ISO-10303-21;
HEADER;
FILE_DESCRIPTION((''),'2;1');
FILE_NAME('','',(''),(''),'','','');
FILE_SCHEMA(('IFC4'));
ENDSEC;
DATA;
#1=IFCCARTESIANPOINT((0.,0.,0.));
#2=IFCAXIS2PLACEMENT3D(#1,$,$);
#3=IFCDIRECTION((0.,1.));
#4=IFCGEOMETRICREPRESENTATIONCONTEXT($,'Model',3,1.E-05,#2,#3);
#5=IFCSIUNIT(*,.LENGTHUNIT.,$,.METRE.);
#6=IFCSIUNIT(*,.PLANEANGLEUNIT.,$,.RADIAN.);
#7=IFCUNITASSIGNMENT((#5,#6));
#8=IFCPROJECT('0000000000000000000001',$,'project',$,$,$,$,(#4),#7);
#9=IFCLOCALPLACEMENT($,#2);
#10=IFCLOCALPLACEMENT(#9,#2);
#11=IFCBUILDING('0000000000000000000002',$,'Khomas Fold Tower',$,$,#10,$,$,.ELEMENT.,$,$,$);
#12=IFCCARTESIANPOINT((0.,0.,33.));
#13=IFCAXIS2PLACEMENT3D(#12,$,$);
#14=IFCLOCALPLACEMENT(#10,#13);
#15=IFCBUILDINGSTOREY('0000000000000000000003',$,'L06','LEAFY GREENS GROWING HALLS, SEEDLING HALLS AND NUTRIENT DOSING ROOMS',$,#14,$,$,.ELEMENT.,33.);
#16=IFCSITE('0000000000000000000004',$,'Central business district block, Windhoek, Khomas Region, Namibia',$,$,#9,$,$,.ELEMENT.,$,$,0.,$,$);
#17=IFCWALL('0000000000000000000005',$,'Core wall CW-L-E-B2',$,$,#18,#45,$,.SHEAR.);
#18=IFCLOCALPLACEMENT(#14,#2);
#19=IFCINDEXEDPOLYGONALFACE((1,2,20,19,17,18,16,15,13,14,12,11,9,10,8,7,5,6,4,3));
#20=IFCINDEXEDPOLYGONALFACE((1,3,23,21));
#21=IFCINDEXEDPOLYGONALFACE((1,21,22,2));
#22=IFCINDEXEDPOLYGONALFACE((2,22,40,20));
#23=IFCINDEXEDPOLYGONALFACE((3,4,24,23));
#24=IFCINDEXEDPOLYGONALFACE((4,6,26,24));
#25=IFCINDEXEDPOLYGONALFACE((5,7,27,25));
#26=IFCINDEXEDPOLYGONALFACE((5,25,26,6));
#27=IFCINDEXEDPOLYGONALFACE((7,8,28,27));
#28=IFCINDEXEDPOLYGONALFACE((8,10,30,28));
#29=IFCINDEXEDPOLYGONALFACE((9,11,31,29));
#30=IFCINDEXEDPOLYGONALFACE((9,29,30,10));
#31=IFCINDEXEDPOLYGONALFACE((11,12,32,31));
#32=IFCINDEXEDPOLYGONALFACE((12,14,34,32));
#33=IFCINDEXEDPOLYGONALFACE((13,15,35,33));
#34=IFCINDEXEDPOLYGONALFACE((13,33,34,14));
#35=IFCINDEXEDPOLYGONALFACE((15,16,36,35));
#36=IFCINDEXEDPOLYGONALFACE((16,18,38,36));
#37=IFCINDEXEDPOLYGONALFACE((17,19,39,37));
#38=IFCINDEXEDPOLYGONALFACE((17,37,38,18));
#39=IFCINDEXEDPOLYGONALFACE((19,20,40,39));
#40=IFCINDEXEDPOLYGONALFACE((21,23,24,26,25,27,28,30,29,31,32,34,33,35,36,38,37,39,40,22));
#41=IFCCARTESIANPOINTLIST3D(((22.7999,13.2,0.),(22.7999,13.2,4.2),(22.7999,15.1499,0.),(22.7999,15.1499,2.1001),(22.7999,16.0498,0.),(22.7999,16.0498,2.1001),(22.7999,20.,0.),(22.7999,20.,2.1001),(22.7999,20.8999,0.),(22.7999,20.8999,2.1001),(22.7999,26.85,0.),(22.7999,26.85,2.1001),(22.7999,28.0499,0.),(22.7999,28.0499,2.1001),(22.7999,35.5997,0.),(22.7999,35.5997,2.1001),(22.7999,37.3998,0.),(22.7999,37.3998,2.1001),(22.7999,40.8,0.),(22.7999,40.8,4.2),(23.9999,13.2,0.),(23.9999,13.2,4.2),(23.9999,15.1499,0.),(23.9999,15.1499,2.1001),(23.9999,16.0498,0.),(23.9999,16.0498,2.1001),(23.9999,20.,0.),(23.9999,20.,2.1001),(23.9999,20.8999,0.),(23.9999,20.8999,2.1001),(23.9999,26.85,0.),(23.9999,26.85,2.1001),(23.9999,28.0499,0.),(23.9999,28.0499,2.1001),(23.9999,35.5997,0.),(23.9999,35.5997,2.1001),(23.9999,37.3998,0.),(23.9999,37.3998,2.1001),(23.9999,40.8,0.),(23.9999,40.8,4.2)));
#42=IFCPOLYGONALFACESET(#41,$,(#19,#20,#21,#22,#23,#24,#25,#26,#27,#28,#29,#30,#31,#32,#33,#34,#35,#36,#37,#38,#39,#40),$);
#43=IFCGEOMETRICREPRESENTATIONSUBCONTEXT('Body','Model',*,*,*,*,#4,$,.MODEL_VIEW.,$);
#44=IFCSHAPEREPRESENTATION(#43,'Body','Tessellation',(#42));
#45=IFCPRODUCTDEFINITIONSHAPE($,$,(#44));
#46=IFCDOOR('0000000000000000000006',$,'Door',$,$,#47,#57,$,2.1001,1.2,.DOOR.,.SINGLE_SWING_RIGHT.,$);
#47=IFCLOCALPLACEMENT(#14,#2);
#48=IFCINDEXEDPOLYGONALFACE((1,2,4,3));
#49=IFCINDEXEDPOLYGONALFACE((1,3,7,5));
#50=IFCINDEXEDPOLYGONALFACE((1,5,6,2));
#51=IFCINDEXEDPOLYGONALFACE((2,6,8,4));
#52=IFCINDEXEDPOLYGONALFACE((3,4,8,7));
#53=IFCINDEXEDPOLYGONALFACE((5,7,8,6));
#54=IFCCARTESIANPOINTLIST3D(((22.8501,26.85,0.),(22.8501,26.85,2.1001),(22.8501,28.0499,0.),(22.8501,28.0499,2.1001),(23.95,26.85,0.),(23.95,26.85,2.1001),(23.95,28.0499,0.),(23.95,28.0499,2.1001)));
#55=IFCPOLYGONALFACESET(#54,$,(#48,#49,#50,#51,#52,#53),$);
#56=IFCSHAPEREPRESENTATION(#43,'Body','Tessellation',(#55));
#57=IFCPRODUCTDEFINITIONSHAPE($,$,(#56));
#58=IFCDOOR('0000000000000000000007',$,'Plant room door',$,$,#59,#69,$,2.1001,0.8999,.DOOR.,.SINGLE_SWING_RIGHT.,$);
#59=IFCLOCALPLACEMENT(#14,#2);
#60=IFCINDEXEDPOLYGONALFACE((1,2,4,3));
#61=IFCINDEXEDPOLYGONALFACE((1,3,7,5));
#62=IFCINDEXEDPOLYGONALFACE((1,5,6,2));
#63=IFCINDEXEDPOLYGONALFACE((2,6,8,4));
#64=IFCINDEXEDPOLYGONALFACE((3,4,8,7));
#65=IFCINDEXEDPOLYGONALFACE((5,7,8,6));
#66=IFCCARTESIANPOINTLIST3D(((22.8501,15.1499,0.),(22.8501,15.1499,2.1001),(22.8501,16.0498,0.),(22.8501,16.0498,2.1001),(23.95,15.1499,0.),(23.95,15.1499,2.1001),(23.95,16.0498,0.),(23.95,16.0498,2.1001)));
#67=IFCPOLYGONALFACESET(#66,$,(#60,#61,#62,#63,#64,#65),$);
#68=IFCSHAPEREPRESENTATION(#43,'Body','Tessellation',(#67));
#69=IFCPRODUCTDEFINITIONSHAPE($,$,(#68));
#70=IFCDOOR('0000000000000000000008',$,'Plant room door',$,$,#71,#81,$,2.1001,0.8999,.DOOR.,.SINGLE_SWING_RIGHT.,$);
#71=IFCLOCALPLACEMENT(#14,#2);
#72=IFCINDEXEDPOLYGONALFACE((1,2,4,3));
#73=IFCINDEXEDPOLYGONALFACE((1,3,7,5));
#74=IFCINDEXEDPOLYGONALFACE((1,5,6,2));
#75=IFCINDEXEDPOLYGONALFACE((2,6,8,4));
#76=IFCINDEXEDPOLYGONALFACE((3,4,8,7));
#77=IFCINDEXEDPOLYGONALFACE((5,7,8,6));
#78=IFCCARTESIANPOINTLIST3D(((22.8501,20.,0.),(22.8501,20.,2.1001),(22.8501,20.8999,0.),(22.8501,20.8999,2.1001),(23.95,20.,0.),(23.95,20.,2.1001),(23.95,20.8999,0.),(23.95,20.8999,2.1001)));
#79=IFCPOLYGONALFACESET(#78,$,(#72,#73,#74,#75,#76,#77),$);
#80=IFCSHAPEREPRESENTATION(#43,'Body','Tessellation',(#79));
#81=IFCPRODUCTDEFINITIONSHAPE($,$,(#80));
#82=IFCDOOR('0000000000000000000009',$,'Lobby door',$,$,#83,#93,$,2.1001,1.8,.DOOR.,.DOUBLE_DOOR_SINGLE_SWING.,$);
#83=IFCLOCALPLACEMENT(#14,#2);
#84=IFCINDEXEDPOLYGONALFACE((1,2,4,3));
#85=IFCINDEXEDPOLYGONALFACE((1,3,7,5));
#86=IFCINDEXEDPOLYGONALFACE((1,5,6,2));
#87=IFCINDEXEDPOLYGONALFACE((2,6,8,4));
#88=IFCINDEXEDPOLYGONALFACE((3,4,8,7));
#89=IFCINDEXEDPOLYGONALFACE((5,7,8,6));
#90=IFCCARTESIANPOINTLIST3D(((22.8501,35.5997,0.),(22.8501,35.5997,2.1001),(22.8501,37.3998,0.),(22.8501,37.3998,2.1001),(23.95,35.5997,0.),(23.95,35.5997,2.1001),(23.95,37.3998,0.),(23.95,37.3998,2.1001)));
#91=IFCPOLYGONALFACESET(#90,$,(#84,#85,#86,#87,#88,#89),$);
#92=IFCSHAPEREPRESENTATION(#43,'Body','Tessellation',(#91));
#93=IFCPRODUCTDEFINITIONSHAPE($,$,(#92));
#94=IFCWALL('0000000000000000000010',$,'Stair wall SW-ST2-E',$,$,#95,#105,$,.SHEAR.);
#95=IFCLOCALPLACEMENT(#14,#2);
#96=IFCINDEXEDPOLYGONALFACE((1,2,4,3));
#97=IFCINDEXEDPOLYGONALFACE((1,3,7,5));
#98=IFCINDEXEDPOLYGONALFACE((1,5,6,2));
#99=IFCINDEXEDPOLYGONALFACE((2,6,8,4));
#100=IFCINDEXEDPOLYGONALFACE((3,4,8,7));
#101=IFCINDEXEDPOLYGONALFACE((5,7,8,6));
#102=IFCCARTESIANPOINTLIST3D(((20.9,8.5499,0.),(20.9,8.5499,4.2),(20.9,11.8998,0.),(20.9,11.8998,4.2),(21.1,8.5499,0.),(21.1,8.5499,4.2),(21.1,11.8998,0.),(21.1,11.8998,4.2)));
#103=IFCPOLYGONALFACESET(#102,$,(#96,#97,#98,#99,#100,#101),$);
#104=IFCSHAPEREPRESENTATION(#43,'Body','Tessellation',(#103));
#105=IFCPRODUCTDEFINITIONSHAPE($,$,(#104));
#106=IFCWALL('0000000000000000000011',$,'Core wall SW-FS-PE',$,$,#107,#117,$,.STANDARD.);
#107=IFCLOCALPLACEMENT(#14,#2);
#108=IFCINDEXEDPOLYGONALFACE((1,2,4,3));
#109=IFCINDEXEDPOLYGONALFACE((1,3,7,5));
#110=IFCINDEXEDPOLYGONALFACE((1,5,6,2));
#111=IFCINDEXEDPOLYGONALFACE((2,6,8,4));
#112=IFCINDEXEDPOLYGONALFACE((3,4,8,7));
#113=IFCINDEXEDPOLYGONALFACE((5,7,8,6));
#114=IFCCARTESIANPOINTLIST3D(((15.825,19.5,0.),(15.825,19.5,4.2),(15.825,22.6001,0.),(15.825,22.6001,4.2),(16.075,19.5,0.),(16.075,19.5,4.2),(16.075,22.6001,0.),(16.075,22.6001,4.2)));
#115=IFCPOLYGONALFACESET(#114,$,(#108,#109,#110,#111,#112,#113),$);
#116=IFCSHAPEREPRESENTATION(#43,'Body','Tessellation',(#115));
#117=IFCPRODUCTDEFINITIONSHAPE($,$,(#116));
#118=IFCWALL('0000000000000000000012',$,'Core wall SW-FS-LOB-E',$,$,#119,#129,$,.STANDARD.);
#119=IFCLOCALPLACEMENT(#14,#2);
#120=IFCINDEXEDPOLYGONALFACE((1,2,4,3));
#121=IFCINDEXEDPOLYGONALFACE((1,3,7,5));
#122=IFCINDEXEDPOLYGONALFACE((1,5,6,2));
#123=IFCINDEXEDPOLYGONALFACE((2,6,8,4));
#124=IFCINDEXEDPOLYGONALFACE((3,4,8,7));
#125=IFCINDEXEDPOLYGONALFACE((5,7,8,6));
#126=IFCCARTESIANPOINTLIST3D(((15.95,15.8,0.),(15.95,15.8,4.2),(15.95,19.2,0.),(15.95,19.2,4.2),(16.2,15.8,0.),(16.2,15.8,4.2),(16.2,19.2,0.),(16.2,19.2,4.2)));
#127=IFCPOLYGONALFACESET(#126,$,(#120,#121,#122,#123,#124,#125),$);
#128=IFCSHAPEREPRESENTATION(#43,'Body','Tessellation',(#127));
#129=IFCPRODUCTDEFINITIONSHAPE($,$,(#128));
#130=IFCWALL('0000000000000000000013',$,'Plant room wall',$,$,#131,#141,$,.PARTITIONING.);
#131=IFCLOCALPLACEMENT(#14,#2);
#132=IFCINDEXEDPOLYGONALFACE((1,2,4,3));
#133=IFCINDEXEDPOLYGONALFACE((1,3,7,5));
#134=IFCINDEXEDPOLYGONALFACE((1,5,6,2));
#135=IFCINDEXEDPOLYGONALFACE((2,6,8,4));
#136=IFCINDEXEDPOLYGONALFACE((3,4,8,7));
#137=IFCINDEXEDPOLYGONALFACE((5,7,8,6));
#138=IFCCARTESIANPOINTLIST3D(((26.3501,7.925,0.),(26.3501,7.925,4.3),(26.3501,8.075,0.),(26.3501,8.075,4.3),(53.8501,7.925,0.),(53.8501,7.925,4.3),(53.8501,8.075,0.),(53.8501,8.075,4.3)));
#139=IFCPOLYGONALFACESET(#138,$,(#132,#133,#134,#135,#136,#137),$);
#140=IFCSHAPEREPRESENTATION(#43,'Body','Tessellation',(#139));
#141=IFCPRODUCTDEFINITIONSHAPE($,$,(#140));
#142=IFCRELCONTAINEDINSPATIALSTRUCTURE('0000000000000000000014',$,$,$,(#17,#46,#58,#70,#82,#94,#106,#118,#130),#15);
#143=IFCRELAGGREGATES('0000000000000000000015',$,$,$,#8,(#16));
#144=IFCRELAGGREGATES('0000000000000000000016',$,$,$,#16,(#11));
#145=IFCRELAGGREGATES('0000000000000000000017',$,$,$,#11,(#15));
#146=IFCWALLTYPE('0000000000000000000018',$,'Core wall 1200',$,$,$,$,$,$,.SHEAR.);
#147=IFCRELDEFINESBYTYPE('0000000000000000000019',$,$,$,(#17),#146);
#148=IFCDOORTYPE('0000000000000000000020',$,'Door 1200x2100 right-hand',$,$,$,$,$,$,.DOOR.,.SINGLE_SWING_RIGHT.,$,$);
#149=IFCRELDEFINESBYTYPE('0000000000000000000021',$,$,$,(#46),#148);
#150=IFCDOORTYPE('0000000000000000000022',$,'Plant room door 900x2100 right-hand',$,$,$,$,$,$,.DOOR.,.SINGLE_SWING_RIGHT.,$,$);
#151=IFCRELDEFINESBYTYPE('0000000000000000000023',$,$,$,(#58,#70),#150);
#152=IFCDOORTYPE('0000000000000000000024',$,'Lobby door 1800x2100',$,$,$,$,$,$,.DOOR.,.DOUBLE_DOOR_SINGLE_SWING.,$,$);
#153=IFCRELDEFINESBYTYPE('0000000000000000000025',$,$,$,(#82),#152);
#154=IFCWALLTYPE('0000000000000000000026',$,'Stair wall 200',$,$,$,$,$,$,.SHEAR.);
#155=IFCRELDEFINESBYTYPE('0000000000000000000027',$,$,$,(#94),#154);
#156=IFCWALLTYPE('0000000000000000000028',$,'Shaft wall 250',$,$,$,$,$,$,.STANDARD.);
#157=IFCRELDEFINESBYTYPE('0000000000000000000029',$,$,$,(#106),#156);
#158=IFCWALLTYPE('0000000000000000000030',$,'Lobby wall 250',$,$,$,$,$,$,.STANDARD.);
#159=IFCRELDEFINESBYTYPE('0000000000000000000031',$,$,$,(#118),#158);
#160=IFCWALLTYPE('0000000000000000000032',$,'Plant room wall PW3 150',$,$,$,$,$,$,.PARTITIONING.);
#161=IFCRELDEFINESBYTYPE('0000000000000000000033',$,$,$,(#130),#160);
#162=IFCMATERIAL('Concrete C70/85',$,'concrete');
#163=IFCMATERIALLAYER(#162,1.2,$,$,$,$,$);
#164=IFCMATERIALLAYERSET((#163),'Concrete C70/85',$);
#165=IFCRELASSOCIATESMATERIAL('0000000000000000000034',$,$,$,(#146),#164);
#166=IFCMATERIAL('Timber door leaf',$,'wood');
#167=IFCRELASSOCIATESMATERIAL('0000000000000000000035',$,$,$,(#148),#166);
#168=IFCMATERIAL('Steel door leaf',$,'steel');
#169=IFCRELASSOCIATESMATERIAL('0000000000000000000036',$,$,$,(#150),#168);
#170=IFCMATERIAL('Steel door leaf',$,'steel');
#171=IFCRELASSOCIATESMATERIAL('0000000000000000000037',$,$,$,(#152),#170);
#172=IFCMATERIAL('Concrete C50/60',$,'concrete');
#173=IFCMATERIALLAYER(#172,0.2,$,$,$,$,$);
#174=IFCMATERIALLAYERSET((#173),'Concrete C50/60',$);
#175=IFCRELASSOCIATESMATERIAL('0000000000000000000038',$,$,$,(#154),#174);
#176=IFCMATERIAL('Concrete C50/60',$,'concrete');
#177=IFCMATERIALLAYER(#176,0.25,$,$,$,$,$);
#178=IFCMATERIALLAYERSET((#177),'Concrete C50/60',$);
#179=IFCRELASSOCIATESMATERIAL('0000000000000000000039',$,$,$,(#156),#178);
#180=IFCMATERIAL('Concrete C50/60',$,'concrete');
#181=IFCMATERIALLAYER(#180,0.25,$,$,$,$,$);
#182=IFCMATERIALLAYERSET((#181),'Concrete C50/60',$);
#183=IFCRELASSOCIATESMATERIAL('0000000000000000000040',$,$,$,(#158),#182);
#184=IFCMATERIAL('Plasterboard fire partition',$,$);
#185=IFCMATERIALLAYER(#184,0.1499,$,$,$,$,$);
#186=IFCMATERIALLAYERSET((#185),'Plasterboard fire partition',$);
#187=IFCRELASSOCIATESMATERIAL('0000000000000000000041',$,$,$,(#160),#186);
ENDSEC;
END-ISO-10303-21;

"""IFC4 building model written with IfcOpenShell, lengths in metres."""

from ifc_helpers import new_model, si_unit, direction, frame, frame_2d, origin, place, context, subcontext, project, spatial, rectangle, extrude, source, transform, mapped, material, layer, layer_set, type_object, element, fill, save


model = new_model("IFC4")

# Units and contexts
model_context = context("Model", 3, precision=1e-05, world=origin(), true_north=direction((0.0, 1.0)))
body_context = subcontext(model_context, "Body", "Model", "MODEL_VIEW")
ifc_project = project(units=[si_unit("LENGTHUNIT", "METRE"), si_unit("PLANEANGLEUNIT", "RADIAN")], contexts=[model_context])

# Site, building, storey
site_placement = place(None, origin())
site = spatial("IfcSite", under=ifc_project, at=site_placement, Name="Central business district block, Windhoek, Khomas Region, Namibia", CompositionType="ELEMENT", RefElevation=0.0)
building_placement = place(site_placement, origin())
building = spatial("IfcBuilding", under=site, at=building_placement, Name="Khomas Fold Tower", CompositionType="ELEMENT")
storey_placement = place(building_placement, frame((0.0, 0.0, 33.0)))
storey = spatial("IfcBuildingStorey", under=building, at=storey_placement, Name="L06", Description="LEAFY GREENS GROWING HALLS, SEEDLING HALLS AND NUTRIENT DOSING ROOMS", CompositionType="ELEMENT", Elevation=33.0)

# Shared definitions
ifc_material_1 = material(Name="Concrete C70/85", Category="concrete")
ifc_layer_1 = layer(ifc_material_1, 1.2)
ifc_layer_set_1 = layer_set([ifc_layer_1], Name="Concrete C70/85")
wall_type_1 = type_object("IfcWallType", Name="Core wall 1200", PredefinedType="SHEAR", material=ifc_layer_set_1)

# Wall, openings, doors
shared_shape_1 = source(origin(), body_context, "Body", "SweptSolid", [
    extrude(rectangle(XDim=27.6001, YDim=1.2, at=frame_2d((13.8, 0.0))), origin(), (0.0, 0.0, 1.0), 4.2),
])
wall_1_placement = place(storey_placement, frame((23.3999, 13.2, 0.0), z_axis=(0.0, 0.0, 1.0), x_axis=(0.0, 1.0, 0.0)))
wall_1 = element("IfcWall", 1, at=wall_1_placement, inside=storey, type_object=wall_type_1, Name="Core wall CW-L-E-B2", PredefinedType="SHEAR", context=body_context, shape_type="MappedRepresentation", body=[
    mapped(shared_shape_1, transform((0.0, 0.0, 0.0))),
])
shared_shape_2 = source(origin(), body_context, "Body", "SweptSolid", [
    extrude(rectangle(XDim=1.8, YDim=2.1001, at=frame_2d((0.8999, 1.05))), frame((0.0, 0.6099, 0.0), z_axis=(0.0, -1.0, 0.0), x_axis=(1.0, 0.0, 0.0)), (0.0, 0.0, 1.0), 1.22),
])
opening_1_placement = place(wall_1_placement, frame((22.3999, 0.0, 0.0)))
opening_1 = element("IfcOpeningElement", 2, at=opening_1_placement, cuts=wall_1, PredefinedType="OPENING", context=body_context, shape_type="MappedRepresentation", body=[
    mapped(shared_shape_2, transform((0.0, 0.0, 0.0))),
])
shared_shape_3 = source(origin(), body_context, "Body", "SweptSolid", [
    extrude(rectangle(XDim=1.2, YDim=2.1001, at=frame_2d((0.6001, 1.05))), frame((0.0, 0.6099, 0.0), z_axis=(0.0, -1.0, 0.0), x_axis=(1.0, 0.0, 0.0)), (0.0, 0.0, 1.0), 1.22),
])
opening_2_placement = place(wall_1_placement, frame((13.6499, 0.0, 0.0)))
opening_2 = element("IfcOpeningElement", 3, at=opening_2_placement, cuts=wall_1, PredefinedType="OPENING", context=body_context, shape_type="MappedRepresentation", body=[
    mapped(shared_shape_3, transform((0.0, 0.0, 0.0))),
])
shared_shape_4 = source(origin(), body_context, "Body", "SweptSolid", [
    extrude(rectangle(XDim=0.8999, YDim=2.1001, at=frame_2d((0.45, 1.05))), frame((0.0, 0.6099, 0.0), z_axis=(0.0, -1.0, 0.0), x_axis=(1.0, 0.0, 0.0)), (0.0, 0.0, 1.0), 1.22),
])
opening_3_placement = place(wall_1_placement, frame((1.95, 0.0, 0.0)))
opening_3 = element("IfcOpeningElement", 4, at=opening_3_placement, cuts=wall_1, PredefinedType="OPENING", context=body_context, shape_type="MappedRepresentation", body=[
    mapped(shared_shape_4, transform((0.0, 0.0, 0.0))),
])
opening_4_placement = place(wall_1_placement, frame((6.8, 0.0, 0.0)))
opening_4 = element("IfcOpeningElement", 5, at=opening_4_placement, cuts=wall_1, PredefinedType="OPENING", context=body_context, shape_type="MappedRepresentation", body=[
    mapped(shared_shape_4, transform((0.0, 0.0, 0.0))),
])
ifc_material_2 = material(Name="Timber door leaf", Category="wood")
door_type_1 = type_object("IfcDoorType", Name="Door 1200x2100 right-hand", OperationType="SINGLE_SWING_RIGHT", PredefinedType="DOOR", material=ifc_material_2)
shared_shape_5 = source(origin(), body_context, "Body", "SweptSolid", [
    extrude(rectangle(XDim=1.2, YDim=2.1001, at=frame_2d((0.6001, 1.05))), frame((0.0, 0.5498, 0.0), z_axis=(0.0, -1.0, 0.0), x_axis=(1.0, 0.0, 0.0)), (0.0, 0.0, 1.0), 1.0999),
])
door_1_placement = place(opening_2_placement, origin())
door_1 = element("IfcDoor", 6, at=door_1_placement, inside=storey, type_object=door_type_1, Name="Door", OperationType="SINGLE_SWING_RIGHT", OverallHeight=2.1001, OverallWidth=1.2, PredefinedType="DOOR", context=body_context, shape_type="MappedRepresentation", body=[
    mapped(shared_shape_5, transform((0.0, 0.0, 0.0))),
])
fill(opening_2, door_1)
ifc_material_3 = material(Name="Steel door leaf", Category="steel")
door_type_2 = type_object("IfcDoorType", Name="Plant room door 900x2100 right-hand", OperationType="SINGLE_SWING_RIGHT", PredefinedType="DOOR", material=ifc_material_3)
shared_shape_6 = source(origin(), body_context, "Body", "SweptSolid", [
    extrude(rectangle(XDim=0.8999, YDim=2.1001, at=frame_2d((0.45, 1.05))), frame((0.0, 0.5498, 0.0), z_axis=(0.0, -1.0, 0.0), x_axis=(1.0, 0.0, 0.0)), (0.0, 0.0, 1.0), 1.0999),
])
door_2_placement = place(opening_3_placement, origin())
door_2 = element("IfcDoor", 7, at=door_2_placement, inside=storey, type_object=door_type_2, Name="Plant room door", OperationType="SINGLE_SWING_RIGHT", OverallHeight=2.1001, OverallWidth=0.8999, PredefinedType="DOOR", context=body_context, shape_type="MappedRepresentation", body=[
    mapped(shared_shape_6, transform((0.0, 0.0, 0.0))),
])
fill(opening_3, door_2)
door_3_placement = place(opening_4_placement, origin())
door_3 = element("IfcDoor", 8, at=door_3_placement, inside=storey, type_object=door_type_2, Name="Plant room door", OperationType="SINGLE_SWING_RIGHT", OverallHeight=2.1001, OverallWidth=0.8999, PredefinedType="DOOR", context=body_context, shape_type="MappedRepresentation", body=[
    mapped(shared_shape_6, transform((0.0, 0.0, 0.0))),
])
fill(opening_4, door_3)
ifc_material_4 = material(Name="Steel door leaf", Category="steel")
door_type_3 = type_object("IfcDoorType", Name="Lobby door 1800x2100", OperationType="DOUBLE_DOOR_SINGLE_SWING", PredefinedType="DOOR", material=ifc_material_4)
shared_shape_7 = source(origin(), body_context, "Body", "SweptSolid", [
    extrude(rectangle(XDim=1.8, YDim=2.1001, at=frame_2d((0.8999, 1.05))), frame((0.0, 0.5498, 0.0), z_axis=(0.0, -1.0, 0.0), x_axis=(1.0, 0.0, 0.0)), (0.0, 0.0, 1.0), 1.0999),
])
door_4_placement = place(opening_1_placement, origin())
door_4 = element("IfcDoor", 9, at=door_4_placement, inside=storey, type_object=door_type_3, Name="Lobby door", OperationType="DOUBLE_DOOR_SINGLE_SWING", OverallHeight=2.1001, OverallWidth=1.8, PredefinedType="DOOR", context=body_context, shape_type="MappedRepresentation", body=[
    mapped(shared_shape_7, transform((0.0, 0.0, 0.0))),
])
fill(opening_1, door_4)

# Walls
ifc_material_5 = material(Name="Concrete C50/60", Category="concrete")
ifc_layer_2 = layer(ifc_material_5, 0.2)
ifc_layer_set_2 = layer_set([ifc_layer_2], Name="Concrete C50/60")
wall_type_2 = type_object("IfcWallType", Name="Stair wall 200", PredefinedType="SHEAR", material=ifc_layer_set_2)
shared_shape_8 = source(origin(), body_context, "Body", "SweptSolid", [
    extrude(rectangle(XDim=3.3499, YDim=0.2, at=frame_2d((1.6748, 0.0))), origin(), (0.0, 0.0, 1.0), 4.2),
])
wall_2_placement = place(storey_placement, frame((21.0, 8.55, 0.0), z_axis=(0.0, 0.0, 1.0), x_axis=(0.0, 1.0, 0.0)))
element("IfcWall", 10, at=wall_2_placement, inside=storey, type_object=wall_type_2, Name="Stair wall SW-ST2-E", PredefinedType="SHEAR", context=body_context, shape_type="MappedRepresentation", body=[
    mapped(shared_shape_8, transform((0.0, 0.0, 0.0))),
])
ifc_material_6 = material(Name="Concrete C50/60", Category="concrete")
ifc_layer_3 = layer(ifc_material_6, 0.25)
ifc_layer_set_3 = layer_set([ifc_layer_3], Name="Concrete C50/60")
wall_type_3 = type_object("IfcWallType", Name="Shaft wall 250", PredefinedType="STANDARD", material=ifc_layer_set_3)
shared_shape_9 = source(origin(), body_context, "Body", "SweptSolid", [
    extrude(rectangle(XDim=3.1001, YDim=0.25, at=frame_2d((1.55, 0.0))), origin(), (0.0, 0.0, 1.0), 4.2),
])
wall_3_placement = place(storey_placement, frame((15.95, 19.5, 0.0), z_axis=(0.0, 0.0, 1.0), x_axis=(0.0, 1.0, 0.0)))
element("IfcWall", 11, at=wall_3_placement, inside=storey, type_object=wall_type_3, Name="Core wall SW-FS-PE", PredefinedType="STANDARD", context=body_context, shape_type="MappedRepresentation", body=[
    mapped(shared_shape_9, transform((0.0, 0.0, 0.0))),
])
ifc_material_7 = material(Name="Concrete C50/60", Category="concrete")
ifc_layer_4 = layer(ifc_material_7, 0.25)
ifc_layer_set_4 = layer_set([ifc_layer_4], Name="Concrete C50/60")
wall_type_4 = type_object("IfcWallType", Name="Lobby wall 250", PredefinedType="STANDARD", material=ifc_layer_set_4)
shared_shape_10 = source(origin(), body_context, "Body", "SweptSolid", [
    extrude(rectangle(XDim=3.3999, YDim=0.25, at=frame_2d((1.7, 0.0))), origin(), (0.0, 0.0, 1.0), 4.2),
])
wall_4_placement = place(storey_placement, frame((16.075, 15.8, 0.0), z_axis=(0.0, 0.0, 1.0), x_axis=(0.0, 1.0, 0.0)))
element("IfcWall", 12, at=wall_4_placement, inside=storey, type_object=wall_type_4, Name="Core wall SW-FS-LOB-E", PredefinedType="STANDARD", context=body_context, shape_type="MappedRepresentation", body=[
    mapped(shared_shape_10, transform((0.0, 0.0, 0.0))),
])
ifc_material_8 = material(Name="Plasterboard fire partition")
ifc_layer_5 = layer(ifc_material_8, 0.1499)
ifc_layer_set_5 = layer_set([ifc_layer_5], Name="Plasterboard fire partition")
wall_type_5 = type_object("IfcWallType", Name="Plant room wall PW3 150", PredefinedType="PARTITIONING", material=ifc_layer_set_5)
shared_shape_11 = source(origin(), body_context, "Body", "SweptSolid", [
    extrude(rectangle(XDim=27.5, YDim=0.1499, at=frame_2d((13.75, 0.0))), origin(), (0.0, 0.0, 1.0), 4.3),
])
wall_5_placement = place(storey_placement, frame((26.3501, 8.0, 0.0), z_axis=(0.0, 0.0, 1.0), x_axis=(1.0, 0.0, 0.0)))
element("IfcWall", 13, at=wall_5_placement, inside=storey, type_object=wall_type_5, Name="Plant room wall", PredefinedType="PARTITIONING", context=body_context, shape_type="MappedRepresentation", body=[
    mapped(shared_shape_11, transform((0.0, 0.0, 0.0))),
])

save(model, "model.ifc")
